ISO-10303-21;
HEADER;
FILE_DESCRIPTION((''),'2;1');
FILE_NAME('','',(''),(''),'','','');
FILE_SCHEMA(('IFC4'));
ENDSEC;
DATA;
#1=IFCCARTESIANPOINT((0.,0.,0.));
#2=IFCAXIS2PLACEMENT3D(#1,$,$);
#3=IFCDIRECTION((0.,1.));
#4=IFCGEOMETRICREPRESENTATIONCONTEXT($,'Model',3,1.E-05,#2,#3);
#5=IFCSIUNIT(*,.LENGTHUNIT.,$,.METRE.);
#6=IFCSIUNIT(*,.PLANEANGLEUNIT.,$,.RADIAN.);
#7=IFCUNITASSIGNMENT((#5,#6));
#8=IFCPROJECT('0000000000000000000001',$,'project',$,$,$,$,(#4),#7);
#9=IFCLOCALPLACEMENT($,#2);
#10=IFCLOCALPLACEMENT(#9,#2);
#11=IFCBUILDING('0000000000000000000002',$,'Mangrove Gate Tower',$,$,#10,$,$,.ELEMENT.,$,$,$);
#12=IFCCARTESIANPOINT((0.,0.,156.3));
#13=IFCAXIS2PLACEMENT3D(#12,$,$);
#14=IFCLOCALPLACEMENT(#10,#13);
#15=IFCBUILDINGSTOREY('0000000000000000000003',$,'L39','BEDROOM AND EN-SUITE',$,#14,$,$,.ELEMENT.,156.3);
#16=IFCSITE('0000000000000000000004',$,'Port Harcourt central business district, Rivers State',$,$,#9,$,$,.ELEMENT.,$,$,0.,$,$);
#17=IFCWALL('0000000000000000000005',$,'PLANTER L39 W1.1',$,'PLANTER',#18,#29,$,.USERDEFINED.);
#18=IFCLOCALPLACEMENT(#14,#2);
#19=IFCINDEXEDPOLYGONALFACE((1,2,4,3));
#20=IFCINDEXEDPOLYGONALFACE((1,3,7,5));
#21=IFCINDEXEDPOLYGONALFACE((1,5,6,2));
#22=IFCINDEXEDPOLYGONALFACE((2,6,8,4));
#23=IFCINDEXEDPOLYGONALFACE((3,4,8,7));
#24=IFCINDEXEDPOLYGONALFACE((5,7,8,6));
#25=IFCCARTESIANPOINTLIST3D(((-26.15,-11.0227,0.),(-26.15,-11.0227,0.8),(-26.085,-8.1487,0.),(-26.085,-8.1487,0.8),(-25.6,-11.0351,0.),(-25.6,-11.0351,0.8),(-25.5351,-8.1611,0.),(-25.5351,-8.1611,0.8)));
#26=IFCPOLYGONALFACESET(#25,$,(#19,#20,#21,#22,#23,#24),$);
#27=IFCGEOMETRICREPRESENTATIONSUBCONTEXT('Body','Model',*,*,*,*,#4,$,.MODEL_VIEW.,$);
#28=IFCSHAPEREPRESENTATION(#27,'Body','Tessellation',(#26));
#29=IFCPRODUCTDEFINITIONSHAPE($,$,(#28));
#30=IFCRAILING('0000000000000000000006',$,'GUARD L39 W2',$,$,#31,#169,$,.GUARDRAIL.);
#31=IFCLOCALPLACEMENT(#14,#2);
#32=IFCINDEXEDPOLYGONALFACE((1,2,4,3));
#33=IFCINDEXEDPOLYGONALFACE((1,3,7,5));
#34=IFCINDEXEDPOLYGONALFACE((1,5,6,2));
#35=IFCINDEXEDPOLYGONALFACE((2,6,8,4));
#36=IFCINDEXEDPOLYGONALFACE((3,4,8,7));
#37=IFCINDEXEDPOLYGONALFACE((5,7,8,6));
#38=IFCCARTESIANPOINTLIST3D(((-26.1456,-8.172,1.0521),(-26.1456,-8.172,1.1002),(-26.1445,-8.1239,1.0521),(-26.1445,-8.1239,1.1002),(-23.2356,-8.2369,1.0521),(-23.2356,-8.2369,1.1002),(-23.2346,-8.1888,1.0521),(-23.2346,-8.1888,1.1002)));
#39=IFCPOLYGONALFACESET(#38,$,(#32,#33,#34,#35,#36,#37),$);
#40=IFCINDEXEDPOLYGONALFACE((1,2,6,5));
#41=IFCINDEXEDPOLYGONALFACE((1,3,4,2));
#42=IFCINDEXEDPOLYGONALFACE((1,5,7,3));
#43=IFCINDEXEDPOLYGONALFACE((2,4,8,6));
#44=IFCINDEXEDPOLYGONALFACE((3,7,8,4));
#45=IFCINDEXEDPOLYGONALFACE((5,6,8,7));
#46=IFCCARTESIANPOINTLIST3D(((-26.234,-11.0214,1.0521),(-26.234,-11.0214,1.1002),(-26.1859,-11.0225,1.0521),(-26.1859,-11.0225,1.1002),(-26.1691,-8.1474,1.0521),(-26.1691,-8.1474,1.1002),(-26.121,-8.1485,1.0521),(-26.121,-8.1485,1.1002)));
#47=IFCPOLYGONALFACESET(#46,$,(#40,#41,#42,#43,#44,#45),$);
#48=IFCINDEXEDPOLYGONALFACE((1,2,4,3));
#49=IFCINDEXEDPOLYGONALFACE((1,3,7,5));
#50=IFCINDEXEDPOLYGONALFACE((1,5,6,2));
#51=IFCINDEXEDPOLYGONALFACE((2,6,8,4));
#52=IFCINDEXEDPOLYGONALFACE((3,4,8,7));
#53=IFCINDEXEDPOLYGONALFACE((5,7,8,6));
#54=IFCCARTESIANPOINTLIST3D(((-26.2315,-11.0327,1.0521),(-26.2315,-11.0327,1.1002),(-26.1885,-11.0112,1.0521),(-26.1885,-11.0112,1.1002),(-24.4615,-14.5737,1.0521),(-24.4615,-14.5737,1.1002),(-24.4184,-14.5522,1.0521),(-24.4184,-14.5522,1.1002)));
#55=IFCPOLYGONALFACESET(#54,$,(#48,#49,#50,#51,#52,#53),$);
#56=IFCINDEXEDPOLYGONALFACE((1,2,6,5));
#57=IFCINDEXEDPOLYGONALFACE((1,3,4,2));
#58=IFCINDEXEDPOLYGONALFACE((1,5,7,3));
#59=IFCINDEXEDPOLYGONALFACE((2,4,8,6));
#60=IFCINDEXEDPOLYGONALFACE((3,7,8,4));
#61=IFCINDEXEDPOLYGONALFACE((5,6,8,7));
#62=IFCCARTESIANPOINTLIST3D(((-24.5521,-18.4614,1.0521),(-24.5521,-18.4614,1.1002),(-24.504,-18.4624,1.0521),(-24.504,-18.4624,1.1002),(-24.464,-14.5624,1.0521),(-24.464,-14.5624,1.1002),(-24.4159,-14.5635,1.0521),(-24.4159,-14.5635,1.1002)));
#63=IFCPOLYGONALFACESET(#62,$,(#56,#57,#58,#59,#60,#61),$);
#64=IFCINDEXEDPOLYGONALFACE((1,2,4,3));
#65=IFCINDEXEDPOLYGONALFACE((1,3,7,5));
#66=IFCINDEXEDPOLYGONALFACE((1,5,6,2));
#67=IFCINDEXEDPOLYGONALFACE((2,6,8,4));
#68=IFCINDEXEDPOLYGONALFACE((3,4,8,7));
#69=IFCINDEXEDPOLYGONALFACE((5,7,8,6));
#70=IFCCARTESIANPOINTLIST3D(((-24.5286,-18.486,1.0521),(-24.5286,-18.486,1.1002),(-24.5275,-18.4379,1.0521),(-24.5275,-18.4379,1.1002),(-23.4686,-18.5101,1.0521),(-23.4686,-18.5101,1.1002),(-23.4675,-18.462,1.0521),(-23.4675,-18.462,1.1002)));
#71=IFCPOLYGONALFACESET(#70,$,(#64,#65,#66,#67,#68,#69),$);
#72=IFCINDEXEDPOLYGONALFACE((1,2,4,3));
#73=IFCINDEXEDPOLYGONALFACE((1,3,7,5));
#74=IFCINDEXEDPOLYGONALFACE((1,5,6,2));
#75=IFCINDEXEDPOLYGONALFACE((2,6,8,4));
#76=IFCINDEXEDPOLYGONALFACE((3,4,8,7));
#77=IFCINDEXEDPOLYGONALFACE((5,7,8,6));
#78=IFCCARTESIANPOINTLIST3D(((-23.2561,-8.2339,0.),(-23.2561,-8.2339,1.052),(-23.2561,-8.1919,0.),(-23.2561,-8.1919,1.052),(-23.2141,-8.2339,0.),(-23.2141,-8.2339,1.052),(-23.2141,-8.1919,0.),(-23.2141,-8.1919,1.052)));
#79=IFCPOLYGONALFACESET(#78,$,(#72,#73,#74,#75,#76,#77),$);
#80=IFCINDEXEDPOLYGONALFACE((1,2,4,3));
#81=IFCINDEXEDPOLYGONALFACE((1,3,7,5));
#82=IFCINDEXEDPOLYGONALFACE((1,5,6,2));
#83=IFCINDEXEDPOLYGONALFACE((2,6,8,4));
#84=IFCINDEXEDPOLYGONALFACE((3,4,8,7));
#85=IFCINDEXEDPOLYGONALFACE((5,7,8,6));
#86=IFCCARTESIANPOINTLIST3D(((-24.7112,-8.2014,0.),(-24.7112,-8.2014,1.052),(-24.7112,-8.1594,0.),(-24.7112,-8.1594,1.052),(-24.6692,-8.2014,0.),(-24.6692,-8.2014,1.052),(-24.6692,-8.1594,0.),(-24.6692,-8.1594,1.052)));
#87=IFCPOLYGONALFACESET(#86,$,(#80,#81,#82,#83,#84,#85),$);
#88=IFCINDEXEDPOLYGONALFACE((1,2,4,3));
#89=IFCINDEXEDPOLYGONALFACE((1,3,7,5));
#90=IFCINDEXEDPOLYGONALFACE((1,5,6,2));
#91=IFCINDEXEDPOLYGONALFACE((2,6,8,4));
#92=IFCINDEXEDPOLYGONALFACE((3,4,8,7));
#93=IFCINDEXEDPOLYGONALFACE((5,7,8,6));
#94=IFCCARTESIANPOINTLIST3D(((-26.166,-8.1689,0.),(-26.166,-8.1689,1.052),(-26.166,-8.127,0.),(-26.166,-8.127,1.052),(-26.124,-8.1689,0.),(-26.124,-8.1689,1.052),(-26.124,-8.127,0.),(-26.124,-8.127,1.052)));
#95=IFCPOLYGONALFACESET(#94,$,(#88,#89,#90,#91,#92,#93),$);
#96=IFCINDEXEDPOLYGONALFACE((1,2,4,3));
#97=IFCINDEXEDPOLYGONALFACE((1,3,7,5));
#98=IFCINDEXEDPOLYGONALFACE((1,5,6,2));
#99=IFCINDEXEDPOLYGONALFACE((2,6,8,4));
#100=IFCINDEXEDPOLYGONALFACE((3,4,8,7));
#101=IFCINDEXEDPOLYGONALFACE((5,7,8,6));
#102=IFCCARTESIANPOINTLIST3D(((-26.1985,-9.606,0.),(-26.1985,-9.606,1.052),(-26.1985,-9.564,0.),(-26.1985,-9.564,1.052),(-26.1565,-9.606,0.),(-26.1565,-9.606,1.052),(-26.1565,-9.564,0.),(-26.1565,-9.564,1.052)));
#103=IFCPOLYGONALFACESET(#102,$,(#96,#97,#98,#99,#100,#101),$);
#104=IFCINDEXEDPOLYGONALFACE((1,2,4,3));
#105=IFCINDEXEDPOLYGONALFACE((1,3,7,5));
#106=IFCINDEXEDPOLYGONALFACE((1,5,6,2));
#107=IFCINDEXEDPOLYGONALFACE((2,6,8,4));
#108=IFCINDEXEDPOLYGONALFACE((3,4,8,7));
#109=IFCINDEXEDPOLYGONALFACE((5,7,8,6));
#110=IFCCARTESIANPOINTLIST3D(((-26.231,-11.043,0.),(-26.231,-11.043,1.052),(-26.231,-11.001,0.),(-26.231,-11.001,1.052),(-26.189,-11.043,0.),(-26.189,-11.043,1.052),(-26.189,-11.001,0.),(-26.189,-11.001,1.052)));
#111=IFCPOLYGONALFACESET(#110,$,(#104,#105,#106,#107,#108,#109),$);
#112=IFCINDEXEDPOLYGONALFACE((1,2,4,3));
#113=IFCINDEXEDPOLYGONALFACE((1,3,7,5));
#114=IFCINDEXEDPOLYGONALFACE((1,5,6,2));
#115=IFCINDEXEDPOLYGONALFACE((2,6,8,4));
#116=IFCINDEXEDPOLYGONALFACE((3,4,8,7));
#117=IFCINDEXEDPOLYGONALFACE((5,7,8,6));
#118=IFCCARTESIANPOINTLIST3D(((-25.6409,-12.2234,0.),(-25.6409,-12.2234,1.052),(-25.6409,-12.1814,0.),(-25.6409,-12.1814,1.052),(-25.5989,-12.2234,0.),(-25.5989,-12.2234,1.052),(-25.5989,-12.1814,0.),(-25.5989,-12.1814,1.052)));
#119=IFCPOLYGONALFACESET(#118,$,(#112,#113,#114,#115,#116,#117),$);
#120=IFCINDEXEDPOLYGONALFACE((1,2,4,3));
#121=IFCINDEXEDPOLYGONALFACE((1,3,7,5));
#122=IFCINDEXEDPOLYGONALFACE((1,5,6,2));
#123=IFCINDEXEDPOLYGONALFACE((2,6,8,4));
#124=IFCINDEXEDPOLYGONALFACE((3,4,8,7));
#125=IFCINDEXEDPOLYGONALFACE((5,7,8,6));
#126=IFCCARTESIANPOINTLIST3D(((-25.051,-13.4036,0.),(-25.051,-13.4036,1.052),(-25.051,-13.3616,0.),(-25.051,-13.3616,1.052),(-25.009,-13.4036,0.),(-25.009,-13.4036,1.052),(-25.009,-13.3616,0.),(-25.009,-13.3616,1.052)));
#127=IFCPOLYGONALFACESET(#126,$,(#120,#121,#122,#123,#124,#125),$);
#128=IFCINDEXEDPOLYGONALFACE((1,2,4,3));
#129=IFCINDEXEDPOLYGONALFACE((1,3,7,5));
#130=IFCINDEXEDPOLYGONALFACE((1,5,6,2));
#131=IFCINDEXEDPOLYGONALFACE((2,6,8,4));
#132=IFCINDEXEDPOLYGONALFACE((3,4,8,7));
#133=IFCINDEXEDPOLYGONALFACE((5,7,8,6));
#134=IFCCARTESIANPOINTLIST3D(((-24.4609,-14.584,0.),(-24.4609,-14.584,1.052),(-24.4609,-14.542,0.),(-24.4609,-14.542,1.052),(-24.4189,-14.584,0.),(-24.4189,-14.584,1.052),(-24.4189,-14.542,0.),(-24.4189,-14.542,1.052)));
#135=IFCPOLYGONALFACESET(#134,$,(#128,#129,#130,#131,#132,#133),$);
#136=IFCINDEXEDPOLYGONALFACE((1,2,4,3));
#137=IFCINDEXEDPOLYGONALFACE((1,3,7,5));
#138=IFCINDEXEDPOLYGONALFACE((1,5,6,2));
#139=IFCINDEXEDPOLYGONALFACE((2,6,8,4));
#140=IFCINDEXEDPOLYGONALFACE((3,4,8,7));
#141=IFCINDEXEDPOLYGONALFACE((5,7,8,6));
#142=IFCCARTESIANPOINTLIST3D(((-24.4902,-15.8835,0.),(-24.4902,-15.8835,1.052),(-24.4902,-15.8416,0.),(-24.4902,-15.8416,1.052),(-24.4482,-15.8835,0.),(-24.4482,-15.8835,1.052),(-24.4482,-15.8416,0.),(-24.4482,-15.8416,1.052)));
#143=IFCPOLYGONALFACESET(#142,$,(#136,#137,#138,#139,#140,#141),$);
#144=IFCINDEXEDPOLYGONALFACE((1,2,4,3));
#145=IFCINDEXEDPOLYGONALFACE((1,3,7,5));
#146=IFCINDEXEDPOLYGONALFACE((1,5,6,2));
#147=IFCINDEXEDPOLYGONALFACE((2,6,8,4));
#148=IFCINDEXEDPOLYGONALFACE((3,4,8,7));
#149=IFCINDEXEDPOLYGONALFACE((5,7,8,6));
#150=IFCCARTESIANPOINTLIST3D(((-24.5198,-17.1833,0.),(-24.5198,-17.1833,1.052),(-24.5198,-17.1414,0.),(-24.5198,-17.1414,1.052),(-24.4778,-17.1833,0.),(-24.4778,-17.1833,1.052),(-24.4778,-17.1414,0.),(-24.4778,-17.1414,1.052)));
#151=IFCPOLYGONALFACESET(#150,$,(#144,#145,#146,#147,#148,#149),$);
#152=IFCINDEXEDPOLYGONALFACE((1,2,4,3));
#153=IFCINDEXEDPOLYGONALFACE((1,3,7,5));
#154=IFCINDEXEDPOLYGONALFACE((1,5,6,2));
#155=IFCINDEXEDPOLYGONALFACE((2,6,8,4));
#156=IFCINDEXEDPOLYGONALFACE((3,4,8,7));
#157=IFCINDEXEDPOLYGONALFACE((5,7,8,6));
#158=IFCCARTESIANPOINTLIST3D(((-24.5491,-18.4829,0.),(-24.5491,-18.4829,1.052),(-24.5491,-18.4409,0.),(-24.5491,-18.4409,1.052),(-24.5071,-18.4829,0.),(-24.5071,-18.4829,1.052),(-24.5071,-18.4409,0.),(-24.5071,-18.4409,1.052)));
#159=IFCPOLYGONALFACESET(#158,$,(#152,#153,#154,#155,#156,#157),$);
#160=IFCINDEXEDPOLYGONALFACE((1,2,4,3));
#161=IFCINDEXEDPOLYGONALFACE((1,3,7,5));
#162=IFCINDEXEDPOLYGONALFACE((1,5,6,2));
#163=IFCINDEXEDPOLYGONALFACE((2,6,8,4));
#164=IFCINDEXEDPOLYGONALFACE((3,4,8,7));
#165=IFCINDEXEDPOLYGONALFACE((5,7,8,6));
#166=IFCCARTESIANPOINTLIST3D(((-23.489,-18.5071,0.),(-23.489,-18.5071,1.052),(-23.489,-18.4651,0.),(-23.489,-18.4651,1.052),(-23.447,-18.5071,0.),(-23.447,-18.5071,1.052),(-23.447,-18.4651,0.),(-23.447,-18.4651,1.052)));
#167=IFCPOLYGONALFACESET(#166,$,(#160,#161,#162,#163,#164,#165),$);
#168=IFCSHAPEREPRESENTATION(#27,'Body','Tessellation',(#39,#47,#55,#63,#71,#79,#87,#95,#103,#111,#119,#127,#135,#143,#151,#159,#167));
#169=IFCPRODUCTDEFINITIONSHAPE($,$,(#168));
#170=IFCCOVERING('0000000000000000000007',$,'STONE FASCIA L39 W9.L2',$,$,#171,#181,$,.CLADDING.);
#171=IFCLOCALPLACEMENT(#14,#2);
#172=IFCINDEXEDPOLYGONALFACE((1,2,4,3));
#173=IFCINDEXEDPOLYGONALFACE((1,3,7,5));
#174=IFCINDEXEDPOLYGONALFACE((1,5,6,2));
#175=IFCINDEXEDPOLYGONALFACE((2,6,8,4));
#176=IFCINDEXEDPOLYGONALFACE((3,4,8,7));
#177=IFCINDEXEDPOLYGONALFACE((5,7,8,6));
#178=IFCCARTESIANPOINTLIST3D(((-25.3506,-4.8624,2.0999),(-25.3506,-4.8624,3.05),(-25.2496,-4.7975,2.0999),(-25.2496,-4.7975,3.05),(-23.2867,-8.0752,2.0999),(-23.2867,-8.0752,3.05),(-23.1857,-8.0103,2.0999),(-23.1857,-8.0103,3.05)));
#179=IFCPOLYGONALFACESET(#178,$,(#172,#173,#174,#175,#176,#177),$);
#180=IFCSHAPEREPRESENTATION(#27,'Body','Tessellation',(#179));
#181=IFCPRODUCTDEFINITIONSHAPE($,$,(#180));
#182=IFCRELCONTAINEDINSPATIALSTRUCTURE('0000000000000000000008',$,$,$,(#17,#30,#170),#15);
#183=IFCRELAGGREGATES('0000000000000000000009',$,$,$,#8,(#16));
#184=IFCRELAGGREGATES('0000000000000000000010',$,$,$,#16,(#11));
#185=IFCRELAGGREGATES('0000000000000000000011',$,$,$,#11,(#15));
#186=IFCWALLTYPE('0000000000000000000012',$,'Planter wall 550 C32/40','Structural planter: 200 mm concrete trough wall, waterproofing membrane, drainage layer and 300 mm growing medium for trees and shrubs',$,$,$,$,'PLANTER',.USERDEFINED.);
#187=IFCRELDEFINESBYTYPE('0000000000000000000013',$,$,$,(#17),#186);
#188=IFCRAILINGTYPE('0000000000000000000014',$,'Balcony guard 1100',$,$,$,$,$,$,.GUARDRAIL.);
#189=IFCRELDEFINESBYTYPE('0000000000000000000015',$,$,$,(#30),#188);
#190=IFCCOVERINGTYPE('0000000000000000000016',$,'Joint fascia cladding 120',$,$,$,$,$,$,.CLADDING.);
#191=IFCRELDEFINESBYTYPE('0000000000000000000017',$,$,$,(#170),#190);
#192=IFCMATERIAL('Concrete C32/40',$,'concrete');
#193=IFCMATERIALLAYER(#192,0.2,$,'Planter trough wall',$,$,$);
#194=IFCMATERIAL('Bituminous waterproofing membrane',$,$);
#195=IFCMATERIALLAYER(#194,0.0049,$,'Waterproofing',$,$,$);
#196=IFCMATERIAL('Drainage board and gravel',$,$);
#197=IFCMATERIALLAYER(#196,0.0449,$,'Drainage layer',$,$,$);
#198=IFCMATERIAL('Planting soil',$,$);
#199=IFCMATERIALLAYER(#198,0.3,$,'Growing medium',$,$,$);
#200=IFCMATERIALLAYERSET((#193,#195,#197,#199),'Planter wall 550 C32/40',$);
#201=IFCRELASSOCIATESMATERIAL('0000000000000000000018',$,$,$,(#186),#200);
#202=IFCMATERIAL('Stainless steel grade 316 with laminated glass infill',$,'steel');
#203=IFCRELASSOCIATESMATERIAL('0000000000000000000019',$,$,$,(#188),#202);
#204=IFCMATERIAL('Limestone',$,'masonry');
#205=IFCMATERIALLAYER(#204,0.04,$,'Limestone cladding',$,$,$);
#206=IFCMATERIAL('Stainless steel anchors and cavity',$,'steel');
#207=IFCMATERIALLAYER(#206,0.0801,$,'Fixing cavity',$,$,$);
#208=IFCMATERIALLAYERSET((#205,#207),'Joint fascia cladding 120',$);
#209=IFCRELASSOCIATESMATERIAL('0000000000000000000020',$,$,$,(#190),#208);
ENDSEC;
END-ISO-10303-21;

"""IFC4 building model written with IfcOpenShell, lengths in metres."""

from ifc_helpers import new_model, si_unit, direction, frame, frame_2d, origin, origin_2d, place, context, subcontext, project, spatial, rectangle, extrude, material, layer, layer_set, type_object, element, save


model = new_model("IFC4")

# Units and contexts
model_context = context("Model", 3, precision=1e-05, world=origin(), true_north=direction((0.0, 1.0)))
body_context = subcontext(model_context, "Body", "Model", "MODEL_VIEW")
ifc_project = project(units=[si_unit("LENGTHUNIT", "METRE"), si_unit("PLANEANGLEUNIT", "RADIAN")], contexts=[model_context])

# Site, building, storey
site_placement = place(None, origin())
site = spatial("IfcSite", under=ifc_project, at=site_placement, Name="Port Harcourt central business district, Rivers State", CompositionType="ELEMENT", RefElevation=0.0)
building_placement = place(site_placement, origin())
building = spatial("IfcBuilding", under=site, at=building_placement, Name="Mangrove Gate Tower", CompositionType="ELEMENT")
storey_placement = place(building_placement, frame((0.0, 0.0, 156.3)))
storey = spatial("IfcBuildingStorey", under=building, at=storey_placement, Name="L39", Description="BEDROOM AND EN-SUITE", CompositionType="ELEMENT", Elevation=156.3)

# Shared definitions
ifc_material_1 = material(Name="Limestone", Category="masonry")

# Wall
ifc_material_2 = material(Name="Concrete C32/40", Category="concrete")
ifc_layer_1 = layer(ifc_material_2, 0.2, Name="Planter trough wall")
ifc_material_3 = material(Name="Bituminous waterproofing membrane")
ifc_layer_2 = layer(ifc_material_3, 0.0049, Name="Waterproofing")
ifc_material_4 = material(Name="Drainage board and gravel")
ifc_layer_3 = layer(ifc_material_4, 0.0449, Name="Drainage layer")
ifc_material_5 = material(Name="Planting soil")
ifc_layer_4 = layer(ifc_material_5, 0.3, Name="Growing medium")
ifc_layer_set_1 = layer_set([ifc_layer_1, ifc_layer_2, ifc_layer_3, ifc_layer_4], Name="Planter wall 550 C32/40")
wall_type_1 = type_object("IfcWallType", Name="Planter wall 550 C32/40", Description="Structural planter: 200 mm concrete trough wall, waterproofing membrane, drainage layer and 300 mm growing medium for trees and shrubs", ElementType="PLANTER", PredefinedType="USERDEFINED", material=ifc_layer_set_1)
wall_1_placement = place(storey_placement, frame((-25.875, -11.0291, 0.0), z_axis=(0.0, 0.0, 1.0), x_axis=(0.02259, 0.999745, 0.0)))
element("IfcWall", 1, at=wall_1_placement, inside=storey, type_object=wall_type_1, Name="PLANTER L39 W1.1", ObjectType="PLANTER", PredefinedType="USERDEFINED", context=body_context, shape_type="SweptSolid", body=[
    extrude(rectangle(XDim=2.8748, YDim=0.55, at=frame_2d((1.4375, 0.0))), origin(), (0.0, 0.0, 1.0), 0.8),
])

# Railing
ifc_material_6 = material(Name="Stainless steel grade 316 with laminated glass infill", Category="steel")
railing_type = type_object("IfcRailingType", Name="Balcony guard 1100", PredefinedType="GUARDRAIL", material=ifc_material_6)
railing_placement = place(storey_placement, frame((-23.2351, -8.2129, 0.0)))
element("IfcRailing", 2, at=railing_placement, inside=storey, type_object=railing_type, Name="GUARD L39 W2", PredefinedType="GUARDRAIL", context=body_context, shape_type="SweptSolid", body=[
    extrude(rectangle(XDim=0.0481, YDim=0.0481, at=origin_2d()), frame((0.0, 0.0, 1.0762), z_axis=(-0.999751, 0.022312, 0.0), x_axis=(-0.022312, -0.999751, 0.0)), (0.0, 0.0, 1.0), 2.9106),
    extrude(rectangle(XDim=0.0481, YDim=0.0481, at=origin_2d()), frame((-2.9099, 0.0649, 1.0762), z_axis=(-0.02259, -0.999745, 0.0), x_axis=(0.999745, -0.02259, 0.0)), (0.0, 0.0, 1.0), 2.8748),
    extrude(rectangle(XDim=0.0481, YDim=0.0481, at=origin_2d()), frame((-2.9749, -2.8091, 1.0762), z_axis=(0.447115, -0.894477, 0.0), x_axis=(0.894477, 0.447115, 0.0)), (0.0, 0.0, 1.0), 3.9587),
    extrude(rectangle(XDim=0.0481, YDim=0.0481, at=origin_2d()), frame((-1.2048, -6.3501, 1.0762), z_axis=(-0.022599, -0.999745, 0.0), x_axis=(0.999745, -0.022599, 0.0)), (0.0, 0.0, 1.0), 3.8999),
    extrude(rectangle(XDim=0.0481, YDim=0.0481, at=origin_2d()), frame((-1.293, -10.249, 1.0762), z_axis=(0.99974, -0.022795, 0.0), x_axis=(0.022795, 0.99974, 0.0)), (0.0, 0.0, 1.0), 1.0603),
    extrude(rectangle(XDim=0.042, YDim=0.042, at=origin_2d()), origin(), (0.0, 0.0, 1.0), 1.052),
    extrude(rectangle(XDim=0.042, YDim=0.042, at=origin_2d()), frame((-1.4551, 0.0325, 0.0)), (0.0, 0.0, 1.0), 1.052),
    extrude(rectangle(XDim=0.042, YDim=0.042, at=origin_2d()), frame((-2.9099, 0.0649, 0.0)), (0.0, 0.0, 1.0), 1.052),
    extrude(rectangle(XDim=0.042, YDim=0.042, at=origin_2d()), frame((-2.9424, -1.3721, 0.0)), (0.0, 0.0, 1.0), 1.052),
    extrude(rectangle(XDim=0.042, YDim=0.042, at=origin_2d()), frame((-2.9749, -2.8091, 0.0)), (0.0, 0.0, 1.0), 1.052),
    extrude(rectangle(XDim=0.042, YDim=0.042, at=origin_2d()), frame((-2.3848, -3.9895, 0.0)), (0.0, 0.0, 1.0), 1.052),
    extrude(rectangle(XDim=0.042, YDim=0.042, at=origin_2d()), frame((-1.7949, -5.1697, 0.0)), (0.0, 0.0, 1.0), 1.052),
    extrude(rectangle(XDim=0.042, YDim=0.042, at=origin_2d()), frame((-1.2048, -6.3501, 0.0)), (0.0, 0.0, 1.0), 1.052),
    extrude(rectangle(XDim=0.042, YDim=0.042, at=origin_2d()), frame((-1.2341, -7.6497, 0.0)), (0.0, 0.0, 1.0), 1.052),
    extrude(rectangle(XDim=0.042, YDim=0.042, at=origin_2d()), frame((-1.2637, -8.9495, 0.0)), (0.0, 0.0, 1.0), 1.052),
    extrude(rectangle(XDim=0.042, YDim=0.042, at=origin_2d()), frame((-1.293, -10.249, 0.0)), (0.0, 0.0, 1.0), 1.052),
    extrude(rectangle(XDim=0.042, YDim=0.042, at=origin_2d()), frame((-0.2329, -10.2732, 0.0)), (0.0, 0.0, 1.0), 1.052),
])

# Covering
ifc_layer_5 = layer(ifc_material_1, 0.04, Name="Limestone cladding")
ifc_material_7 = material(Name="Stainless steel anchors and cavity", Category="steel")
ifc_layer_6 = layer(ifc_material_7, 0.0801, Name="Fixing cavity")
ifc_layer_set_2 = layer_set([ifc_layer_5, ifc_layer_6], Name="Joint fascia cladding 120")
covering_type = type_object("IfcCoveringType", Name="Joint fascia cladding 120", PredefinedType="CLADDING", material=ifc_layer_set_2)
covering_placement = place(storey_placement, frame((-25.3, -4.8301, 2.0999), z_axis=(0.0, 0.0, 1.0), x_axis=(0.540486, -0.841353, 0.0)))
element("IfcCovering", 3, at=covering_placement, inside=storey, type_object=covering_type, Name="STONE FASCIA L39 W9.L2", PredefinedType="CLADDING", context=body_context, shape_type="SweptSolid", body=[
    extrude(rectangle(XDim=3.8186, YDim=0.1201, at=frame_2d((1.9092, 0.0))), origin(), (0.0, 0.0, 1.0), 0.9502),
])

save(model, "model.ifc")
